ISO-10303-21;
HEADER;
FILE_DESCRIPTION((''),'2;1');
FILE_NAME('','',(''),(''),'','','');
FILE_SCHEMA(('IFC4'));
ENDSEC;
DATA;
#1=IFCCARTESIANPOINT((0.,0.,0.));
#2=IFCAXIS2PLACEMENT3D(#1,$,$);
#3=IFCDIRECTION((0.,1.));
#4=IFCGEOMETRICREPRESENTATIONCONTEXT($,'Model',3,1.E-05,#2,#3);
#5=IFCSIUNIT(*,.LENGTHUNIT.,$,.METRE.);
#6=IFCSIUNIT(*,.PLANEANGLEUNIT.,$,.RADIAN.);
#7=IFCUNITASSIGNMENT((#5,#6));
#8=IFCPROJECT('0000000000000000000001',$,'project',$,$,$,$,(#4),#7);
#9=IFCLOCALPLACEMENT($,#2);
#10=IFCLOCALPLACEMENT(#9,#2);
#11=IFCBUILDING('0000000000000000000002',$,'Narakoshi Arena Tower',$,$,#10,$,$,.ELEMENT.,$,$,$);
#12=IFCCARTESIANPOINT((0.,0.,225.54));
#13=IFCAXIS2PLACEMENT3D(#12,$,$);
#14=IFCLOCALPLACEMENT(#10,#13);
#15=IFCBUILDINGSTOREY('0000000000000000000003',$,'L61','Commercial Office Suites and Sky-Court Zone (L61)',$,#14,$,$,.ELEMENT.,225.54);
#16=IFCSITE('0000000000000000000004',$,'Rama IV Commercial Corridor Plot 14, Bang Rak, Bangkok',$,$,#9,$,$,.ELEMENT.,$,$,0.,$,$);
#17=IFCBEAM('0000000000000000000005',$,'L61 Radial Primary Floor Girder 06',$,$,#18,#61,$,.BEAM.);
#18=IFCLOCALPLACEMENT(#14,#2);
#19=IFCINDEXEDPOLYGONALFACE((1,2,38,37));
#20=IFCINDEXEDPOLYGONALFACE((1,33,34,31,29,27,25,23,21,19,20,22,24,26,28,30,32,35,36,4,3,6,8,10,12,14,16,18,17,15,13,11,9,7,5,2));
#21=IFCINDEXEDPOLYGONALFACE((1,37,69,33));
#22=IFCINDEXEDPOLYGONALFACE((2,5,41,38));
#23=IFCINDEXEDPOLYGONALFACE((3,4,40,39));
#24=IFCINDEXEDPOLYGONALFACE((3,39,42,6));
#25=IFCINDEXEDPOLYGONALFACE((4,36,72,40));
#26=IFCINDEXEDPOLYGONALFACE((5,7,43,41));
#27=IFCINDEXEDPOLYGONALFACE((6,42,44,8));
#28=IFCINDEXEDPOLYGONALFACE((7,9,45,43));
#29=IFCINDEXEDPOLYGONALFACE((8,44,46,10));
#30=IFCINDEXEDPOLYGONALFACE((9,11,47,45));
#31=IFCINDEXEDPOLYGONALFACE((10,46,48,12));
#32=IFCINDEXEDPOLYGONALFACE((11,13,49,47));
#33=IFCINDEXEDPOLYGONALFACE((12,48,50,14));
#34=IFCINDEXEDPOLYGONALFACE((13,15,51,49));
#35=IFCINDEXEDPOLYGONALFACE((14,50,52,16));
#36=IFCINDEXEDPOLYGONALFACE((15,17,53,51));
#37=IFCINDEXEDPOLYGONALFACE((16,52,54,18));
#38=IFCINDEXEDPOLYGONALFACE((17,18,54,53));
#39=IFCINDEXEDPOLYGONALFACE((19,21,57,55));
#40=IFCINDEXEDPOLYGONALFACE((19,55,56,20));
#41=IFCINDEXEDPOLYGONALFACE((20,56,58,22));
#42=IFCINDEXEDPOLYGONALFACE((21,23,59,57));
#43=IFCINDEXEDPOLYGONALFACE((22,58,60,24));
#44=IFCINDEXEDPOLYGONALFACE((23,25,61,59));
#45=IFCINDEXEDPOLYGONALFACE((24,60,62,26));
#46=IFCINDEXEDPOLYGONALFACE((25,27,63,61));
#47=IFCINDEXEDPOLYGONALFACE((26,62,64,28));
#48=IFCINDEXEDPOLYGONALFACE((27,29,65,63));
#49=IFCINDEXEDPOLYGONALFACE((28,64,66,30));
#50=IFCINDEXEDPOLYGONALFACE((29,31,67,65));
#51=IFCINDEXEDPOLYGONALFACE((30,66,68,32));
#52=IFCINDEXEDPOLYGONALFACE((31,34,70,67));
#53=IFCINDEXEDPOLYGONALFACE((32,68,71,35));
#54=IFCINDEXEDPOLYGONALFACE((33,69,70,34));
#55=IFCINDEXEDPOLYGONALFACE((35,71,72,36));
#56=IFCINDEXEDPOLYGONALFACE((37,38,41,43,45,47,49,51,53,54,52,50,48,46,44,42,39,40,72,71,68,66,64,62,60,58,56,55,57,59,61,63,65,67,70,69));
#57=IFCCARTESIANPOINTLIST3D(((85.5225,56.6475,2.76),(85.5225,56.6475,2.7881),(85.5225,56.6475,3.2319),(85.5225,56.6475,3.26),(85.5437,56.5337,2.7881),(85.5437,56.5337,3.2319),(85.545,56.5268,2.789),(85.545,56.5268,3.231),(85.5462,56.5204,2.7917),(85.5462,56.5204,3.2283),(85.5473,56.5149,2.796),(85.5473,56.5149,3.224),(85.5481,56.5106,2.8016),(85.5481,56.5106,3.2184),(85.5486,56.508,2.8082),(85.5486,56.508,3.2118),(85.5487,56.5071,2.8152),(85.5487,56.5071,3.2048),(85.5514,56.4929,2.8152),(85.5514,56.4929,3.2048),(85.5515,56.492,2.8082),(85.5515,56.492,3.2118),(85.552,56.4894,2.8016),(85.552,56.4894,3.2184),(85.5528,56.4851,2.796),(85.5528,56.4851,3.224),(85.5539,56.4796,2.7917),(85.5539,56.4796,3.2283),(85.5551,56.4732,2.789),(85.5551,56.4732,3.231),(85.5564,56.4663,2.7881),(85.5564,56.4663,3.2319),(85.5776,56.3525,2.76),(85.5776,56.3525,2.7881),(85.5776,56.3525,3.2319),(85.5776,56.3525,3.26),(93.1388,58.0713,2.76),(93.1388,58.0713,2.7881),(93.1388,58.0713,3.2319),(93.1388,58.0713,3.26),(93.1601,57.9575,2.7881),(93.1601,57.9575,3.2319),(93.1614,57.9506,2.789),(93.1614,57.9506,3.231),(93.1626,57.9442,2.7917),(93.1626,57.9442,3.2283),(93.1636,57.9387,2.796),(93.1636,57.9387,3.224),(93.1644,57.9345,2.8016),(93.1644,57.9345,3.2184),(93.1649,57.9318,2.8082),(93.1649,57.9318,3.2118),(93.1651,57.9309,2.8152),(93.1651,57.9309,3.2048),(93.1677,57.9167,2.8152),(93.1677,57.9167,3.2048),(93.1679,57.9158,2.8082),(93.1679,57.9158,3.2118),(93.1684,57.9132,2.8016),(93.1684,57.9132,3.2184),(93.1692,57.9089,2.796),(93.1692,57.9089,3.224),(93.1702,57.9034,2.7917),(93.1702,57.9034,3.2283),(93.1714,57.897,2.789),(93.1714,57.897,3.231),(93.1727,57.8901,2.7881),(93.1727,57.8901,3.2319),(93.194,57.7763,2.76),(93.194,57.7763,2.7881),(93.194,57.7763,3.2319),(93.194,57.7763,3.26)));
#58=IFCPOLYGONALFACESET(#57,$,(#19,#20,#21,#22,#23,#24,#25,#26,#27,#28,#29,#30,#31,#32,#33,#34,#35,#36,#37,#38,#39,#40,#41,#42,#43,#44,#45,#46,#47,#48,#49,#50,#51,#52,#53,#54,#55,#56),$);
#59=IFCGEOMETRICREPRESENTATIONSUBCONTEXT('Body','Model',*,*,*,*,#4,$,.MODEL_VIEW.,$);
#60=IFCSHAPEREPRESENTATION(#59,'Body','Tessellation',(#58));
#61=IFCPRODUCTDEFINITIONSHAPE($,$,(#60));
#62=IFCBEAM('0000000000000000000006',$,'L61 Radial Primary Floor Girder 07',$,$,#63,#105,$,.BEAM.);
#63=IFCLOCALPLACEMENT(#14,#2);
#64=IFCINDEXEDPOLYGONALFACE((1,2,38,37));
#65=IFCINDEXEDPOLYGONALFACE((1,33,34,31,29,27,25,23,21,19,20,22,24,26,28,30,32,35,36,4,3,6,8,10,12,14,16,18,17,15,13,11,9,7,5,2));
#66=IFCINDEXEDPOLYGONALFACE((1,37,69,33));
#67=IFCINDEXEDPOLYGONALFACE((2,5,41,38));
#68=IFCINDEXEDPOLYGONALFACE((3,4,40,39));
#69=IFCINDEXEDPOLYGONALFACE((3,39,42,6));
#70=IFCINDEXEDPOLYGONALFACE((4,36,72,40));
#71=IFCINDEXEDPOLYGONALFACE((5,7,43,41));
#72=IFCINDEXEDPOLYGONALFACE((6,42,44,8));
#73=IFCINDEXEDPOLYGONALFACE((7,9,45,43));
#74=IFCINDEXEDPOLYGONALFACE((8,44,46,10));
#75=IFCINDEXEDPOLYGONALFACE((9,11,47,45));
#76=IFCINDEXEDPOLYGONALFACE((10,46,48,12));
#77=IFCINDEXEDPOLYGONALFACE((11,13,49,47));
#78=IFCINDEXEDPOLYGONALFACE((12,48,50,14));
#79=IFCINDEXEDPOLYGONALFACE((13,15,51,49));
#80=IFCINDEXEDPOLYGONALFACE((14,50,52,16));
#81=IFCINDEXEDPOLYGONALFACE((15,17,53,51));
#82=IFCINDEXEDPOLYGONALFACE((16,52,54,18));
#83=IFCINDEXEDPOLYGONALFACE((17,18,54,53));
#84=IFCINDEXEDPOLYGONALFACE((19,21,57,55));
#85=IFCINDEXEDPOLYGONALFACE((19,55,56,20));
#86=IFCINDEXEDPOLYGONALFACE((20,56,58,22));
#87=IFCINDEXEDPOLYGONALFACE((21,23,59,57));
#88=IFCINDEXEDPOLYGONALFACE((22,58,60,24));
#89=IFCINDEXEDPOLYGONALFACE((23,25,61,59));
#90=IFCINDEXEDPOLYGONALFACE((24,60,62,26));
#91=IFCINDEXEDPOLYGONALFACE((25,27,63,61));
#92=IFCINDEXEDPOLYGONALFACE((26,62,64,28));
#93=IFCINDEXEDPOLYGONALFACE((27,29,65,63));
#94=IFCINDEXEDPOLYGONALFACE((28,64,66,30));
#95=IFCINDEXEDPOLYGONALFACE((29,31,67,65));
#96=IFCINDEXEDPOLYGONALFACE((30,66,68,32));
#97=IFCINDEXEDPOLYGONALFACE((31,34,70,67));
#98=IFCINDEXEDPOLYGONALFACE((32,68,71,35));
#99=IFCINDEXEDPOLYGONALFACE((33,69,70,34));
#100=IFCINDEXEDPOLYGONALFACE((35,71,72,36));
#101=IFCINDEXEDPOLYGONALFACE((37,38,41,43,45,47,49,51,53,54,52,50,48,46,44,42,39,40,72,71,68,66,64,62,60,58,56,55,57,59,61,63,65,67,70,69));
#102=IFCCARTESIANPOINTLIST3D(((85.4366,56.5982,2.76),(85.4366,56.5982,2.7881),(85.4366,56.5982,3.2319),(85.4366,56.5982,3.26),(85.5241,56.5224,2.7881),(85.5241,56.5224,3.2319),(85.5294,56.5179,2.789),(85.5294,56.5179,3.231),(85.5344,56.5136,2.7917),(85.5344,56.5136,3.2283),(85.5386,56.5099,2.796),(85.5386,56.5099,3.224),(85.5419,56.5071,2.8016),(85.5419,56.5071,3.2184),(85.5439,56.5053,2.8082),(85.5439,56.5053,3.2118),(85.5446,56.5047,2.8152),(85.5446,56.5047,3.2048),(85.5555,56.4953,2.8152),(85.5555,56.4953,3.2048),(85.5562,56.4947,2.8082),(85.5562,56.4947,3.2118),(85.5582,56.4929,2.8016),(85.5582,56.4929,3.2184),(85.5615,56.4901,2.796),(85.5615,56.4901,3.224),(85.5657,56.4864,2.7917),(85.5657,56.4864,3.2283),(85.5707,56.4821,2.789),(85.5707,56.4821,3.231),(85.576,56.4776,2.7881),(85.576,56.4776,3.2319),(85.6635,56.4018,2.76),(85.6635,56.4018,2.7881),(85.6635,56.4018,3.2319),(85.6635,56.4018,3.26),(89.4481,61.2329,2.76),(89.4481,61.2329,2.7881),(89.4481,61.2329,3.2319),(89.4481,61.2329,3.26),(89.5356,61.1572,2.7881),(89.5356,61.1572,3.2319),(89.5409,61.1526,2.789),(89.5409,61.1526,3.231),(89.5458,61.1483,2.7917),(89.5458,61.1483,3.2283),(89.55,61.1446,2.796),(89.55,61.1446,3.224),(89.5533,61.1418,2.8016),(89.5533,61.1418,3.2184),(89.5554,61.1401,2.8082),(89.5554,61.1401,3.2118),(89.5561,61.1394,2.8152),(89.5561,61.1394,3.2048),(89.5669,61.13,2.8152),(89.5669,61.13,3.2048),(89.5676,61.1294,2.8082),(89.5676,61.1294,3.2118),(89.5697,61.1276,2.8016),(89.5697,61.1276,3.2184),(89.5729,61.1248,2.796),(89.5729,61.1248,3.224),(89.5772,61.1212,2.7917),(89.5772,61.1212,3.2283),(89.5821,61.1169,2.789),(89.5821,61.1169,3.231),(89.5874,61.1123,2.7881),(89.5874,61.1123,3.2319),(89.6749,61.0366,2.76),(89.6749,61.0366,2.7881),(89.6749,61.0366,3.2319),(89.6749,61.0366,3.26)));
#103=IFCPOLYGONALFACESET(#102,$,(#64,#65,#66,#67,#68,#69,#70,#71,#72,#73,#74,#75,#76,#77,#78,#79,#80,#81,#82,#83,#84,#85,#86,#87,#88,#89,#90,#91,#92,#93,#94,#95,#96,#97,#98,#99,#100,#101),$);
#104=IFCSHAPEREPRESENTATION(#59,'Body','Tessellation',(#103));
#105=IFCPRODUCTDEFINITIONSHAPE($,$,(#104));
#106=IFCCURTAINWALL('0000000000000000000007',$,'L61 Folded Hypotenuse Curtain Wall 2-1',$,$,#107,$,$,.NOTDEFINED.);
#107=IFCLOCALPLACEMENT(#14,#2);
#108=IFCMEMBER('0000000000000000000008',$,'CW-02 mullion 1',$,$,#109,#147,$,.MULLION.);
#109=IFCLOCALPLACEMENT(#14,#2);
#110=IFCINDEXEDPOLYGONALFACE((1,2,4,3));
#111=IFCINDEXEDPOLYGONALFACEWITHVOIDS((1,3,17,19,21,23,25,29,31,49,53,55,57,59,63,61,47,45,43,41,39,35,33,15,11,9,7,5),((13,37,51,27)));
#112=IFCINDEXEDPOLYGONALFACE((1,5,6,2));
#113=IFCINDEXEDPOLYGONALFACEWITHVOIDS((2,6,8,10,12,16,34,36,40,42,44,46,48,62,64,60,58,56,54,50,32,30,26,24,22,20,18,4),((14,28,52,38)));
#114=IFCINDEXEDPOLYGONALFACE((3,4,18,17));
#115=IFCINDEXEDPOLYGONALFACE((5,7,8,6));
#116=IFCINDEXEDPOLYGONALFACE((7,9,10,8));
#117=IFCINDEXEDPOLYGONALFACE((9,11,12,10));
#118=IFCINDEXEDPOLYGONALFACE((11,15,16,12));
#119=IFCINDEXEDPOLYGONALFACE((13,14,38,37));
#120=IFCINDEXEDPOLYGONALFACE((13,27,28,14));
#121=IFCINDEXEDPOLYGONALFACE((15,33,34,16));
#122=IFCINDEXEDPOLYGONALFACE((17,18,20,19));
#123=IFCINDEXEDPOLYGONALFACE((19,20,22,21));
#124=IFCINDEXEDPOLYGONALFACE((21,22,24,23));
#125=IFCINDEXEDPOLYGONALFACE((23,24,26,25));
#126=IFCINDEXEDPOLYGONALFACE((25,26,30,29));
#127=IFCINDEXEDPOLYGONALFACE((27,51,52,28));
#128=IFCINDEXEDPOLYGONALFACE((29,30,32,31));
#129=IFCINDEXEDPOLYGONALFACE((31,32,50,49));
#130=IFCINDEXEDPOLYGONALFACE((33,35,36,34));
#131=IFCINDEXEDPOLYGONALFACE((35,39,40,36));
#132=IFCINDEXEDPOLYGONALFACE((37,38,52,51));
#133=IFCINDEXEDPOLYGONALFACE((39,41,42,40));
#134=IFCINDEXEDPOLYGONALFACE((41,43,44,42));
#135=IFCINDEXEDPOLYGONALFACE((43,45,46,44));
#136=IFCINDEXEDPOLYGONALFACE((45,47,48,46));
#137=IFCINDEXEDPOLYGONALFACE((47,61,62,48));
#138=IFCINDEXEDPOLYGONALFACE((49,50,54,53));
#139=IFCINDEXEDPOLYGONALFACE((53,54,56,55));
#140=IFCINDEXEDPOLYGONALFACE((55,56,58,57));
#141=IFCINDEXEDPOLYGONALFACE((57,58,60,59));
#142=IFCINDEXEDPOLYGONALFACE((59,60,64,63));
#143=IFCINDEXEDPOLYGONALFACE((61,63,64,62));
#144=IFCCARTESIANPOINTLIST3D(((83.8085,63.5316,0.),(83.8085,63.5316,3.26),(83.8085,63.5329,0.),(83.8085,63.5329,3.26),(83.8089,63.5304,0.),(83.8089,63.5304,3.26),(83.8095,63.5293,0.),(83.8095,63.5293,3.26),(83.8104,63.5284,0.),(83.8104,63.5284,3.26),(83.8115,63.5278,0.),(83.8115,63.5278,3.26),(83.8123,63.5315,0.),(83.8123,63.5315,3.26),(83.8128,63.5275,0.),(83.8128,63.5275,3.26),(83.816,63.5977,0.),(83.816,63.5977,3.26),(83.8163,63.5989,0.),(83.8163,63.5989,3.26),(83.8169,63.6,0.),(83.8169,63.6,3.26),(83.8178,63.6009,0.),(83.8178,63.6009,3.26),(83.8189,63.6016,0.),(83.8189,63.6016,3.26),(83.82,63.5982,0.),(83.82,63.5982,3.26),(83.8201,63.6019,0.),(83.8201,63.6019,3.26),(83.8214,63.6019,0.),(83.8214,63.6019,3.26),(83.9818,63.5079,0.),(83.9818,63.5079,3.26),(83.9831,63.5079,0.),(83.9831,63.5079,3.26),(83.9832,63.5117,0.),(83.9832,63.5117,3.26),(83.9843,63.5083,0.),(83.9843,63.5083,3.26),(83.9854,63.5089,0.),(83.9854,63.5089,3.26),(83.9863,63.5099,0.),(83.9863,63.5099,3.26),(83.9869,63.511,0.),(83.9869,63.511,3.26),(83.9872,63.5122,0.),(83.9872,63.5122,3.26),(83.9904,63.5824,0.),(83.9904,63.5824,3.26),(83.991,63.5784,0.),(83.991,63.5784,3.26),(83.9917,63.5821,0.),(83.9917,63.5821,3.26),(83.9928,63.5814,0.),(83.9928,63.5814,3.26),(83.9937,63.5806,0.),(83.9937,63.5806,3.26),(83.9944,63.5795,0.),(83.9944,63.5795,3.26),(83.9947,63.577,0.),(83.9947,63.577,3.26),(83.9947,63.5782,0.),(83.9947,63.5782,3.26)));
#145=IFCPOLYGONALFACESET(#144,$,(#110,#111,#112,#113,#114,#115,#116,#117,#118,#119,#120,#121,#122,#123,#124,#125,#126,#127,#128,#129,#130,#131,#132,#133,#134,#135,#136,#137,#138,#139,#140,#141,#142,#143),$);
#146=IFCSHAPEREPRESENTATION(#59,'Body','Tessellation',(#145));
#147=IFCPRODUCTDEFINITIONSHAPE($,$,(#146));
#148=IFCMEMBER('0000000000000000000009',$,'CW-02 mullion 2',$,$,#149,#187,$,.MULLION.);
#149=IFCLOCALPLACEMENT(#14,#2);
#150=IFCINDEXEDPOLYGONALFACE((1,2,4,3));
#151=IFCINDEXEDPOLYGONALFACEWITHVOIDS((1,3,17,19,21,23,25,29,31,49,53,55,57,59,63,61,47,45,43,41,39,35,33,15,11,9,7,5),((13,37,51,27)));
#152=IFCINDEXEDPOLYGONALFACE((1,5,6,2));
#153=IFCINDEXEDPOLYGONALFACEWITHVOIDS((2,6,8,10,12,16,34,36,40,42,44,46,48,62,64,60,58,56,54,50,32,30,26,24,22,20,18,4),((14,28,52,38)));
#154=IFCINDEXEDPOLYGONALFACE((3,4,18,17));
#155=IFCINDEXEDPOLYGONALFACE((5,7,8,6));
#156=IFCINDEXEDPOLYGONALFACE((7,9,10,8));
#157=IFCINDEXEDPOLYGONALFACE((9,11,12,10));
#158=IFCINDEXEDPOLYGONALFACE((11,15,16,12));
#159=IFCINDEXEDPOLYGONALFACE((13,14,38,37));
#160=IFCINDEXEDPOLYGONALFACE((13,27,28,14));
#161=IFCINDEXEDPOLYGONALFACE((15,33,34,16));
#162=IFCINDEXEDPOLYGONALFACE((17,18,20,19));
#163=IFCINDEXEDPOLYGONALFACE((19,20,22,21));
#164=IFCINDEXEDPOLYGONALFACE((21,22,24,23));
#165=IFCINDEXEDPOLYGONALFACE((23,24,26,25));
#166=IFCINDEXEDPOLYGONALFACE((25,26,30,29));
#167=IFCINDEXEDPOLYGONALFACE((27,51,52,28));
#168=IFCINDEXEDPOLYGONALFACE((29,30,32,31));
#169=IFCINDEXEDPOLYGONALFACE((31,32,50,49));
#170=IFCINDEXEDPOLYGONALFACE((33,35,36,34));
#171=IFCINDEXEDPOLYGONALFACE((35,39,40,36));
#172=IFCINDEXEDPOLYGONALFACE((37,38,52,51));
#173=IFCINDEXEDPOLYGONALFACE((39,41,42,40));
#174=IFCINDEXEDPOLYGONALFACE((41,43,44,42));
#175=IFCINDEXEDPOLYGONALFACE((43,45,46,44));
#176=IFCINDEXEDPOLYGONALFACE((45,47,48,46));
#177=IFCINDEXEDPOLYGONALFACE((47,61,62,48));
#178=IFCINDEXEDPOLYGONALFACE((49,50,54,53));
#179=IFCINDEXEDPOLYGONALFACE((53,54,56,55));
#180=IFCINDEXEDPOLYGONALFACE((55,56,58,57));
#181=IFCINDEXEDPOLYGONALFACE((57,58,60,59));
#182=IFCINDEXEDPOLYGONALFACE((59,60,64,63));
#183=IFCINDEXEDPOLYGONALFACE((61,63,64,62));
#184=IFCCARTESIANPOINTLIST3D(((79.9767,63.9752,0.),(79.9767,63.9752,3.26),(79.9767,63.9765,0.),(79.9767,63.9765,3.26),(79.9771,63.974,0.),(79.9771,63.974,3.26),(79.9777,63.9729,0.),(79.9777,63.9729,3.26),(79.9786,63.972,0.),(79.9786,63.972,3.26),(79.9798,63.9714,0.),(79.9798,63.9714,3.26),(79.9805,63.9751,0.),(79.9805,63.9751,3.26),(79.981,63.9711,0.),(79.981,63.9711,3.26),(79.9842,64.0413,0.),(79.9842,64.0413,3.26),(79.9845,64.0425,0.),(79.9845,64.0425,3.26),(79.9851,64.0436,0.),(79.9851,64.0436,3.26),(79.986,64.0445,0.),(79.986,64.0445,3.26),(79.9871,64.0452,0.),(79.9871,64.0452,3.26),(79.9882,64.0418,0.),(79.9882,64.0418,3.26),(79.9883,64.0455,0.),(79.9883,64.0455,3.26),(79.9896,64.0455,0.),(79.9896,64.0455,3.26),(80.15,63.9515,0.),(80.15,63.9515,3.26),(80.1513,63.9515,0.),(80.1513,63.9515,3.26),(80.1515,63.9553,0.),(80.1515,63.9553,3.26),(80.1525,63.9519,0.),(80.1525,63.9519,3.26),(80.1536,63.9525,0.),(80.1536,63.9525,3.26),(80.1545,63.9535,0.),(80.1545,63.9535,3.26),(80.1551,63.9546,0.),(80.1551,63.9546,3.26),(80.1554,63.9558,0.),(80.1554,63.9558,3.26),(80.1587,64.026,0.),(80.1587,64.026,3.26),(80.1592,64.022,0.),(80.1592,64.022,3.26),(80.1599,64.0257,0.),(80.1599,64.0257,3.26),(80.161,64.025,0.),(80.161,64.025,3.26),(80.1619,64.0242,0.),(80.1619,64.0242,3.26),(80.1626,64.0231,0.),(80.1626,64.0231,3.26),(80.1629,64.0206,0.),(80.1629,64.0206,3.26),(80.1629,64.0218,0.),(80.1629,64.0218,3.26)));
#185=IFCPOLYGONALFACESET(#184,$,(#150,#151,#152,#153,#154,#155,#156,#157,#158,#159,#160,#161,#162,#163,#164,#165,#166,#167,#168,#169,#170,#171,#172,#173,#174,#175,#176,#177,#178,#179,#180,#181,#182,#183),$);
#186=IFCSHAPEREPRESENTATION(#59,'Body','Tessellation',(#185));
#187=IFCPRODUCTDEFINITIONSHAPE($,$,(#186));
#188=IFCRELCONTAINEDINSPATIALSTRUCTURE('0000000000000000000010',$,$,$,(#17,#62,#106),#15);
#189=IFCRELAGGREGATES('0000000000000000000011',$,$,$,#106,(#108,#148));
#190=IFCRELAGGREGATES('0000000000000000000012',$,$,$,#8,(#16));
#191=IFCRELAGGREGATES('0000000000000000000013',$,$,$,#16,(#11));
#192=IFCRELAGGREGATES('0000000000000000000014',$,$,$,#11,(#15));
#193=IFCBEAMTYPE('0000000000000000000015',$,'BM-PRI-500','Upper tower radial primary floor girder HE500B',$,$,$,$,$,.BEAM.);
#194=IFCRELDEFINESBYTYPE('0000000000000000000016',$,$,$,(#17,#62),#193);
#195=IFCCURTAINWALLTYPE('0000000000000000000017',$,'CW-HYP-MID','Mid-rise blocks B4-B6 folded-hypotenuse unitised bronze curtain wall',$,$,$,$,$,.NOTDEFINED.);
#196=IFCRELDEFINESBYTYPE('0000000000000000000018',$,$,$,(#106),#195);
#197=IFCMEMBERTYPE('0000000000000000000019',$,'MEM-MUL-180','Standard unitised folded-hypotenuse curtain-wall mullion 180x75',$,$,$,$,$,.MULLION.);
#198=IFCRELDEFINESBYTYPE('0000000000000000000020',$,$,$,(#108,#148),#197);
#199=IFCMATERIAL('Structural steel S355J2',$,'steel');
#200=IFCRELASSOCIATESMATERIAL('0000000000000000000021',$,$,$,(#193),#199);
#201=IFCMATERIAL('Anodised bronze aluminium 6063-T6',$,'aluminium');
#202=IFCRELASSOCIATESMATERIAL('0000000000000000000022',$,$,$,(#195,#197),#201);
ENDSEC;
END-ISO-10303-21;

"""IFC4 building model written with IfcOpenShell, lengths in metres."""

from ifc_helpers import new_model, si_unit, direction, frame, origin, origin_2d, place, context, subcontext, project, spatial, hollow_rectangle, i_section, extrude, material, material_profile, profile_set, type_object, element, aggregate, save


model = new_model("IFC4")

# Units and contexts
model_context = context("Model", 3, precision=1e-05, world=origin(), true_north=direction((0.0, 1.0)))
body_context = subcontext(model_context, "Body", "Model", "MODEL_VIEW")
ifc_project = project(units=[si_unit("LENGTHUNIT", "METRE"), si_unit("PLANEANGLEUNIT", "RADIAN")], contexts=[model_context])

# Site, building, storey
site_placement = place(None, origin())
site = spatial("IfcSite", under=ifc_project, at=site_placement, Name="Rama IV Commercial Corridor Plot 14, Bang Rak, Bangkok", CompositionType="ELEMENT", RefElevation=0.0)
building_placement = place(site_placement, origin())
building = spatial("IfcBuilding", under=site, at=building_placement, Name="Narakoshi Arena Tower", CompositionType="ELEMENT")
storey_placement = place(building_placement, frame((0.0, 0.0, 225.54)))
storey = spatial("IfcBuildingStorey", under=building, at=storey_placement, Name="L61", Description="Commercial Office Suites and Sky-Court Zone (L61)", CompositionType="ELEMENT", Elevation=225.54)

# Beams
ifc_material_1 = material(Name="Structural steel S355J2", Category="steel")
ifc_material_profile_1 = material_profile(ifc_material_1, i_section(OverallWidth=0.3, OverallDepth=0.5, WebThickness=0.0144, FlangeThickness=0.0281, FilletRadius=0.0271, at=origin_2d()), Name="HE500B")
ifc_profile_set_1 = profile_set([ifc_material_profile_1], Name="Structural steel S355J2")
beam_type = type_object("IfcBeamType", Name="BM-PRI-500", Description="Upper tower radial primary floor girder HE500B", PredefinedType="BEAM", material=ifc_profile_set_1)
beam_1_placement = place(storey_placement, frame((85.55, 56.5, 3.01), z_axis=(0.982972, 0.183758, 0.0), x_axis=(-0.183758, 0.982972, 0.0)))
element("IfcBeam", 1, at=beam_1_placement, inside=storey, type_object=beam_type, Name="L61 Radial Primary Floor Girder 06", PredefinedType="BEAM", context=body_context, shape_type="SweptSolid", body=[
    extrude(i_section(OverallWidth=0.3, OverallDepth=0.5, WebThickness=0.0144, FlangeThickness=0.0281, FilletRadius=0.0271, at=origin_2d()), origin(), (0.0, 0.0, 1.0), 7.7483),
])
beam_2_placement = place(storey_placement, frame((85.55, 56.5, 3.01), z_axis=(0.654435, 0.756119, 0.0), x_axis=(-0.756119, 0.654435, 0.0)))
element("IfcBeam", 2, at=beam_2_placement, inside=storey, type_object=beam_type, Name="L61 Radial Primary Floor Girder 07", PredefinedType="BEAM", context=body_context, shape_type="SweptSolid", body=[
    extrude(i_section(OverallWidth=0.3, OverallDepth=0.5, WebThickness=0.0144, FlangeThickness=0.0281, FilletRadius=0.0271, at=origin_2d()), origin(), (0.0, 0.0, 1.0), 6.1296),
])

# Curtain wall, members
ifc_material_2 = material(Name="Anodised bronze aluminium 6063-T6", Category="aluminium")
curtain_wall_type = type_object("IfcCurtainWallType", Name="CW-HYP-MID", Description="Mid-rise blocks B4-B6 folded-hypotenuse unitised bronze curtain wall", PredefinedType="NOTDEFINED", material=ifc_material_2)
curtain_wall_placement = place(storey_placement, origin())
curtain_wall = element("IfcCurtainWall", 3, at=curtain_wall_placement, inside=storey, type_object=curtain_wall_type, Name="L61 Folded Hypotenuse Curtain Wall 2-1", PredefinedType="NOTDEFINED")
ifc_material_profile_2 = material_profile(ifc_material_2, hollow_rectangle(XDim=0.075, YDim=0.1799, WallThickness=0.0039, OuterFilletRadius=0.0049, at=origin_2d()), Name="MUL180x75x4")
ifc_profile_set_2 = profile_set([ifc_material_profile_2], Name="Anodised bronze aluminium 6063-T6")
member_type_1 = type_object("IfcMemberType", Name="MEM-MUL-180", Description="Standard unitised folded-hypotenuse curtain-wall mullion 180x75", PredefinedType="MULLION", material=ifc_profile_set_2)
member_1_placement = place(storey_placement, frame((83.9016, 63.5549, 0.0), z_axis=(0.0, 0.0, 1.0), x_axis=(-0.115011, -0.993364, 0.0)))
member_1 = element("IfcMember", 4, at=member_1_placement, type_object=member_type_1, Name="CW-02 mullion 1", PredefinedType="MULLION", context=body_context, shape_type="SweptSolid", body=[
    extrude(hollow_rectangle(XDim=0.075, YDim=0.1799, WallThickness=0.0039, OuterFilletRadius=0.0049, at=origin_2d()), origin(), (0.0, 0.0, 1.0), 3.26),
])
member_2_placement = place(storey_placement, frame((80.0698, 63.9985, 0.0), z_axis=(0.0, 0.0, 1.0), x_axis=(-0.115011, -0.993364, 0.0)))
member_2 = element("IfcMember", 5, at=member_2_placement, type_object=member_type_1, Name="CW-02 mullion 2", PredefinedType="MULLION", context=body_context, shape_type="SweptSolid", body=[
    extrude(hollow_rectangle(XDim=0.075, YDim=0.1799, WallThickness=0.0039, OuterFilletRadius=0.0049, at=origin_2d()), origin(), (0.0, 0.0, 1.0), 3.26),
])
aggregate(curtain_wall, [member_1, member_2])

save(model, "model.ifc")
